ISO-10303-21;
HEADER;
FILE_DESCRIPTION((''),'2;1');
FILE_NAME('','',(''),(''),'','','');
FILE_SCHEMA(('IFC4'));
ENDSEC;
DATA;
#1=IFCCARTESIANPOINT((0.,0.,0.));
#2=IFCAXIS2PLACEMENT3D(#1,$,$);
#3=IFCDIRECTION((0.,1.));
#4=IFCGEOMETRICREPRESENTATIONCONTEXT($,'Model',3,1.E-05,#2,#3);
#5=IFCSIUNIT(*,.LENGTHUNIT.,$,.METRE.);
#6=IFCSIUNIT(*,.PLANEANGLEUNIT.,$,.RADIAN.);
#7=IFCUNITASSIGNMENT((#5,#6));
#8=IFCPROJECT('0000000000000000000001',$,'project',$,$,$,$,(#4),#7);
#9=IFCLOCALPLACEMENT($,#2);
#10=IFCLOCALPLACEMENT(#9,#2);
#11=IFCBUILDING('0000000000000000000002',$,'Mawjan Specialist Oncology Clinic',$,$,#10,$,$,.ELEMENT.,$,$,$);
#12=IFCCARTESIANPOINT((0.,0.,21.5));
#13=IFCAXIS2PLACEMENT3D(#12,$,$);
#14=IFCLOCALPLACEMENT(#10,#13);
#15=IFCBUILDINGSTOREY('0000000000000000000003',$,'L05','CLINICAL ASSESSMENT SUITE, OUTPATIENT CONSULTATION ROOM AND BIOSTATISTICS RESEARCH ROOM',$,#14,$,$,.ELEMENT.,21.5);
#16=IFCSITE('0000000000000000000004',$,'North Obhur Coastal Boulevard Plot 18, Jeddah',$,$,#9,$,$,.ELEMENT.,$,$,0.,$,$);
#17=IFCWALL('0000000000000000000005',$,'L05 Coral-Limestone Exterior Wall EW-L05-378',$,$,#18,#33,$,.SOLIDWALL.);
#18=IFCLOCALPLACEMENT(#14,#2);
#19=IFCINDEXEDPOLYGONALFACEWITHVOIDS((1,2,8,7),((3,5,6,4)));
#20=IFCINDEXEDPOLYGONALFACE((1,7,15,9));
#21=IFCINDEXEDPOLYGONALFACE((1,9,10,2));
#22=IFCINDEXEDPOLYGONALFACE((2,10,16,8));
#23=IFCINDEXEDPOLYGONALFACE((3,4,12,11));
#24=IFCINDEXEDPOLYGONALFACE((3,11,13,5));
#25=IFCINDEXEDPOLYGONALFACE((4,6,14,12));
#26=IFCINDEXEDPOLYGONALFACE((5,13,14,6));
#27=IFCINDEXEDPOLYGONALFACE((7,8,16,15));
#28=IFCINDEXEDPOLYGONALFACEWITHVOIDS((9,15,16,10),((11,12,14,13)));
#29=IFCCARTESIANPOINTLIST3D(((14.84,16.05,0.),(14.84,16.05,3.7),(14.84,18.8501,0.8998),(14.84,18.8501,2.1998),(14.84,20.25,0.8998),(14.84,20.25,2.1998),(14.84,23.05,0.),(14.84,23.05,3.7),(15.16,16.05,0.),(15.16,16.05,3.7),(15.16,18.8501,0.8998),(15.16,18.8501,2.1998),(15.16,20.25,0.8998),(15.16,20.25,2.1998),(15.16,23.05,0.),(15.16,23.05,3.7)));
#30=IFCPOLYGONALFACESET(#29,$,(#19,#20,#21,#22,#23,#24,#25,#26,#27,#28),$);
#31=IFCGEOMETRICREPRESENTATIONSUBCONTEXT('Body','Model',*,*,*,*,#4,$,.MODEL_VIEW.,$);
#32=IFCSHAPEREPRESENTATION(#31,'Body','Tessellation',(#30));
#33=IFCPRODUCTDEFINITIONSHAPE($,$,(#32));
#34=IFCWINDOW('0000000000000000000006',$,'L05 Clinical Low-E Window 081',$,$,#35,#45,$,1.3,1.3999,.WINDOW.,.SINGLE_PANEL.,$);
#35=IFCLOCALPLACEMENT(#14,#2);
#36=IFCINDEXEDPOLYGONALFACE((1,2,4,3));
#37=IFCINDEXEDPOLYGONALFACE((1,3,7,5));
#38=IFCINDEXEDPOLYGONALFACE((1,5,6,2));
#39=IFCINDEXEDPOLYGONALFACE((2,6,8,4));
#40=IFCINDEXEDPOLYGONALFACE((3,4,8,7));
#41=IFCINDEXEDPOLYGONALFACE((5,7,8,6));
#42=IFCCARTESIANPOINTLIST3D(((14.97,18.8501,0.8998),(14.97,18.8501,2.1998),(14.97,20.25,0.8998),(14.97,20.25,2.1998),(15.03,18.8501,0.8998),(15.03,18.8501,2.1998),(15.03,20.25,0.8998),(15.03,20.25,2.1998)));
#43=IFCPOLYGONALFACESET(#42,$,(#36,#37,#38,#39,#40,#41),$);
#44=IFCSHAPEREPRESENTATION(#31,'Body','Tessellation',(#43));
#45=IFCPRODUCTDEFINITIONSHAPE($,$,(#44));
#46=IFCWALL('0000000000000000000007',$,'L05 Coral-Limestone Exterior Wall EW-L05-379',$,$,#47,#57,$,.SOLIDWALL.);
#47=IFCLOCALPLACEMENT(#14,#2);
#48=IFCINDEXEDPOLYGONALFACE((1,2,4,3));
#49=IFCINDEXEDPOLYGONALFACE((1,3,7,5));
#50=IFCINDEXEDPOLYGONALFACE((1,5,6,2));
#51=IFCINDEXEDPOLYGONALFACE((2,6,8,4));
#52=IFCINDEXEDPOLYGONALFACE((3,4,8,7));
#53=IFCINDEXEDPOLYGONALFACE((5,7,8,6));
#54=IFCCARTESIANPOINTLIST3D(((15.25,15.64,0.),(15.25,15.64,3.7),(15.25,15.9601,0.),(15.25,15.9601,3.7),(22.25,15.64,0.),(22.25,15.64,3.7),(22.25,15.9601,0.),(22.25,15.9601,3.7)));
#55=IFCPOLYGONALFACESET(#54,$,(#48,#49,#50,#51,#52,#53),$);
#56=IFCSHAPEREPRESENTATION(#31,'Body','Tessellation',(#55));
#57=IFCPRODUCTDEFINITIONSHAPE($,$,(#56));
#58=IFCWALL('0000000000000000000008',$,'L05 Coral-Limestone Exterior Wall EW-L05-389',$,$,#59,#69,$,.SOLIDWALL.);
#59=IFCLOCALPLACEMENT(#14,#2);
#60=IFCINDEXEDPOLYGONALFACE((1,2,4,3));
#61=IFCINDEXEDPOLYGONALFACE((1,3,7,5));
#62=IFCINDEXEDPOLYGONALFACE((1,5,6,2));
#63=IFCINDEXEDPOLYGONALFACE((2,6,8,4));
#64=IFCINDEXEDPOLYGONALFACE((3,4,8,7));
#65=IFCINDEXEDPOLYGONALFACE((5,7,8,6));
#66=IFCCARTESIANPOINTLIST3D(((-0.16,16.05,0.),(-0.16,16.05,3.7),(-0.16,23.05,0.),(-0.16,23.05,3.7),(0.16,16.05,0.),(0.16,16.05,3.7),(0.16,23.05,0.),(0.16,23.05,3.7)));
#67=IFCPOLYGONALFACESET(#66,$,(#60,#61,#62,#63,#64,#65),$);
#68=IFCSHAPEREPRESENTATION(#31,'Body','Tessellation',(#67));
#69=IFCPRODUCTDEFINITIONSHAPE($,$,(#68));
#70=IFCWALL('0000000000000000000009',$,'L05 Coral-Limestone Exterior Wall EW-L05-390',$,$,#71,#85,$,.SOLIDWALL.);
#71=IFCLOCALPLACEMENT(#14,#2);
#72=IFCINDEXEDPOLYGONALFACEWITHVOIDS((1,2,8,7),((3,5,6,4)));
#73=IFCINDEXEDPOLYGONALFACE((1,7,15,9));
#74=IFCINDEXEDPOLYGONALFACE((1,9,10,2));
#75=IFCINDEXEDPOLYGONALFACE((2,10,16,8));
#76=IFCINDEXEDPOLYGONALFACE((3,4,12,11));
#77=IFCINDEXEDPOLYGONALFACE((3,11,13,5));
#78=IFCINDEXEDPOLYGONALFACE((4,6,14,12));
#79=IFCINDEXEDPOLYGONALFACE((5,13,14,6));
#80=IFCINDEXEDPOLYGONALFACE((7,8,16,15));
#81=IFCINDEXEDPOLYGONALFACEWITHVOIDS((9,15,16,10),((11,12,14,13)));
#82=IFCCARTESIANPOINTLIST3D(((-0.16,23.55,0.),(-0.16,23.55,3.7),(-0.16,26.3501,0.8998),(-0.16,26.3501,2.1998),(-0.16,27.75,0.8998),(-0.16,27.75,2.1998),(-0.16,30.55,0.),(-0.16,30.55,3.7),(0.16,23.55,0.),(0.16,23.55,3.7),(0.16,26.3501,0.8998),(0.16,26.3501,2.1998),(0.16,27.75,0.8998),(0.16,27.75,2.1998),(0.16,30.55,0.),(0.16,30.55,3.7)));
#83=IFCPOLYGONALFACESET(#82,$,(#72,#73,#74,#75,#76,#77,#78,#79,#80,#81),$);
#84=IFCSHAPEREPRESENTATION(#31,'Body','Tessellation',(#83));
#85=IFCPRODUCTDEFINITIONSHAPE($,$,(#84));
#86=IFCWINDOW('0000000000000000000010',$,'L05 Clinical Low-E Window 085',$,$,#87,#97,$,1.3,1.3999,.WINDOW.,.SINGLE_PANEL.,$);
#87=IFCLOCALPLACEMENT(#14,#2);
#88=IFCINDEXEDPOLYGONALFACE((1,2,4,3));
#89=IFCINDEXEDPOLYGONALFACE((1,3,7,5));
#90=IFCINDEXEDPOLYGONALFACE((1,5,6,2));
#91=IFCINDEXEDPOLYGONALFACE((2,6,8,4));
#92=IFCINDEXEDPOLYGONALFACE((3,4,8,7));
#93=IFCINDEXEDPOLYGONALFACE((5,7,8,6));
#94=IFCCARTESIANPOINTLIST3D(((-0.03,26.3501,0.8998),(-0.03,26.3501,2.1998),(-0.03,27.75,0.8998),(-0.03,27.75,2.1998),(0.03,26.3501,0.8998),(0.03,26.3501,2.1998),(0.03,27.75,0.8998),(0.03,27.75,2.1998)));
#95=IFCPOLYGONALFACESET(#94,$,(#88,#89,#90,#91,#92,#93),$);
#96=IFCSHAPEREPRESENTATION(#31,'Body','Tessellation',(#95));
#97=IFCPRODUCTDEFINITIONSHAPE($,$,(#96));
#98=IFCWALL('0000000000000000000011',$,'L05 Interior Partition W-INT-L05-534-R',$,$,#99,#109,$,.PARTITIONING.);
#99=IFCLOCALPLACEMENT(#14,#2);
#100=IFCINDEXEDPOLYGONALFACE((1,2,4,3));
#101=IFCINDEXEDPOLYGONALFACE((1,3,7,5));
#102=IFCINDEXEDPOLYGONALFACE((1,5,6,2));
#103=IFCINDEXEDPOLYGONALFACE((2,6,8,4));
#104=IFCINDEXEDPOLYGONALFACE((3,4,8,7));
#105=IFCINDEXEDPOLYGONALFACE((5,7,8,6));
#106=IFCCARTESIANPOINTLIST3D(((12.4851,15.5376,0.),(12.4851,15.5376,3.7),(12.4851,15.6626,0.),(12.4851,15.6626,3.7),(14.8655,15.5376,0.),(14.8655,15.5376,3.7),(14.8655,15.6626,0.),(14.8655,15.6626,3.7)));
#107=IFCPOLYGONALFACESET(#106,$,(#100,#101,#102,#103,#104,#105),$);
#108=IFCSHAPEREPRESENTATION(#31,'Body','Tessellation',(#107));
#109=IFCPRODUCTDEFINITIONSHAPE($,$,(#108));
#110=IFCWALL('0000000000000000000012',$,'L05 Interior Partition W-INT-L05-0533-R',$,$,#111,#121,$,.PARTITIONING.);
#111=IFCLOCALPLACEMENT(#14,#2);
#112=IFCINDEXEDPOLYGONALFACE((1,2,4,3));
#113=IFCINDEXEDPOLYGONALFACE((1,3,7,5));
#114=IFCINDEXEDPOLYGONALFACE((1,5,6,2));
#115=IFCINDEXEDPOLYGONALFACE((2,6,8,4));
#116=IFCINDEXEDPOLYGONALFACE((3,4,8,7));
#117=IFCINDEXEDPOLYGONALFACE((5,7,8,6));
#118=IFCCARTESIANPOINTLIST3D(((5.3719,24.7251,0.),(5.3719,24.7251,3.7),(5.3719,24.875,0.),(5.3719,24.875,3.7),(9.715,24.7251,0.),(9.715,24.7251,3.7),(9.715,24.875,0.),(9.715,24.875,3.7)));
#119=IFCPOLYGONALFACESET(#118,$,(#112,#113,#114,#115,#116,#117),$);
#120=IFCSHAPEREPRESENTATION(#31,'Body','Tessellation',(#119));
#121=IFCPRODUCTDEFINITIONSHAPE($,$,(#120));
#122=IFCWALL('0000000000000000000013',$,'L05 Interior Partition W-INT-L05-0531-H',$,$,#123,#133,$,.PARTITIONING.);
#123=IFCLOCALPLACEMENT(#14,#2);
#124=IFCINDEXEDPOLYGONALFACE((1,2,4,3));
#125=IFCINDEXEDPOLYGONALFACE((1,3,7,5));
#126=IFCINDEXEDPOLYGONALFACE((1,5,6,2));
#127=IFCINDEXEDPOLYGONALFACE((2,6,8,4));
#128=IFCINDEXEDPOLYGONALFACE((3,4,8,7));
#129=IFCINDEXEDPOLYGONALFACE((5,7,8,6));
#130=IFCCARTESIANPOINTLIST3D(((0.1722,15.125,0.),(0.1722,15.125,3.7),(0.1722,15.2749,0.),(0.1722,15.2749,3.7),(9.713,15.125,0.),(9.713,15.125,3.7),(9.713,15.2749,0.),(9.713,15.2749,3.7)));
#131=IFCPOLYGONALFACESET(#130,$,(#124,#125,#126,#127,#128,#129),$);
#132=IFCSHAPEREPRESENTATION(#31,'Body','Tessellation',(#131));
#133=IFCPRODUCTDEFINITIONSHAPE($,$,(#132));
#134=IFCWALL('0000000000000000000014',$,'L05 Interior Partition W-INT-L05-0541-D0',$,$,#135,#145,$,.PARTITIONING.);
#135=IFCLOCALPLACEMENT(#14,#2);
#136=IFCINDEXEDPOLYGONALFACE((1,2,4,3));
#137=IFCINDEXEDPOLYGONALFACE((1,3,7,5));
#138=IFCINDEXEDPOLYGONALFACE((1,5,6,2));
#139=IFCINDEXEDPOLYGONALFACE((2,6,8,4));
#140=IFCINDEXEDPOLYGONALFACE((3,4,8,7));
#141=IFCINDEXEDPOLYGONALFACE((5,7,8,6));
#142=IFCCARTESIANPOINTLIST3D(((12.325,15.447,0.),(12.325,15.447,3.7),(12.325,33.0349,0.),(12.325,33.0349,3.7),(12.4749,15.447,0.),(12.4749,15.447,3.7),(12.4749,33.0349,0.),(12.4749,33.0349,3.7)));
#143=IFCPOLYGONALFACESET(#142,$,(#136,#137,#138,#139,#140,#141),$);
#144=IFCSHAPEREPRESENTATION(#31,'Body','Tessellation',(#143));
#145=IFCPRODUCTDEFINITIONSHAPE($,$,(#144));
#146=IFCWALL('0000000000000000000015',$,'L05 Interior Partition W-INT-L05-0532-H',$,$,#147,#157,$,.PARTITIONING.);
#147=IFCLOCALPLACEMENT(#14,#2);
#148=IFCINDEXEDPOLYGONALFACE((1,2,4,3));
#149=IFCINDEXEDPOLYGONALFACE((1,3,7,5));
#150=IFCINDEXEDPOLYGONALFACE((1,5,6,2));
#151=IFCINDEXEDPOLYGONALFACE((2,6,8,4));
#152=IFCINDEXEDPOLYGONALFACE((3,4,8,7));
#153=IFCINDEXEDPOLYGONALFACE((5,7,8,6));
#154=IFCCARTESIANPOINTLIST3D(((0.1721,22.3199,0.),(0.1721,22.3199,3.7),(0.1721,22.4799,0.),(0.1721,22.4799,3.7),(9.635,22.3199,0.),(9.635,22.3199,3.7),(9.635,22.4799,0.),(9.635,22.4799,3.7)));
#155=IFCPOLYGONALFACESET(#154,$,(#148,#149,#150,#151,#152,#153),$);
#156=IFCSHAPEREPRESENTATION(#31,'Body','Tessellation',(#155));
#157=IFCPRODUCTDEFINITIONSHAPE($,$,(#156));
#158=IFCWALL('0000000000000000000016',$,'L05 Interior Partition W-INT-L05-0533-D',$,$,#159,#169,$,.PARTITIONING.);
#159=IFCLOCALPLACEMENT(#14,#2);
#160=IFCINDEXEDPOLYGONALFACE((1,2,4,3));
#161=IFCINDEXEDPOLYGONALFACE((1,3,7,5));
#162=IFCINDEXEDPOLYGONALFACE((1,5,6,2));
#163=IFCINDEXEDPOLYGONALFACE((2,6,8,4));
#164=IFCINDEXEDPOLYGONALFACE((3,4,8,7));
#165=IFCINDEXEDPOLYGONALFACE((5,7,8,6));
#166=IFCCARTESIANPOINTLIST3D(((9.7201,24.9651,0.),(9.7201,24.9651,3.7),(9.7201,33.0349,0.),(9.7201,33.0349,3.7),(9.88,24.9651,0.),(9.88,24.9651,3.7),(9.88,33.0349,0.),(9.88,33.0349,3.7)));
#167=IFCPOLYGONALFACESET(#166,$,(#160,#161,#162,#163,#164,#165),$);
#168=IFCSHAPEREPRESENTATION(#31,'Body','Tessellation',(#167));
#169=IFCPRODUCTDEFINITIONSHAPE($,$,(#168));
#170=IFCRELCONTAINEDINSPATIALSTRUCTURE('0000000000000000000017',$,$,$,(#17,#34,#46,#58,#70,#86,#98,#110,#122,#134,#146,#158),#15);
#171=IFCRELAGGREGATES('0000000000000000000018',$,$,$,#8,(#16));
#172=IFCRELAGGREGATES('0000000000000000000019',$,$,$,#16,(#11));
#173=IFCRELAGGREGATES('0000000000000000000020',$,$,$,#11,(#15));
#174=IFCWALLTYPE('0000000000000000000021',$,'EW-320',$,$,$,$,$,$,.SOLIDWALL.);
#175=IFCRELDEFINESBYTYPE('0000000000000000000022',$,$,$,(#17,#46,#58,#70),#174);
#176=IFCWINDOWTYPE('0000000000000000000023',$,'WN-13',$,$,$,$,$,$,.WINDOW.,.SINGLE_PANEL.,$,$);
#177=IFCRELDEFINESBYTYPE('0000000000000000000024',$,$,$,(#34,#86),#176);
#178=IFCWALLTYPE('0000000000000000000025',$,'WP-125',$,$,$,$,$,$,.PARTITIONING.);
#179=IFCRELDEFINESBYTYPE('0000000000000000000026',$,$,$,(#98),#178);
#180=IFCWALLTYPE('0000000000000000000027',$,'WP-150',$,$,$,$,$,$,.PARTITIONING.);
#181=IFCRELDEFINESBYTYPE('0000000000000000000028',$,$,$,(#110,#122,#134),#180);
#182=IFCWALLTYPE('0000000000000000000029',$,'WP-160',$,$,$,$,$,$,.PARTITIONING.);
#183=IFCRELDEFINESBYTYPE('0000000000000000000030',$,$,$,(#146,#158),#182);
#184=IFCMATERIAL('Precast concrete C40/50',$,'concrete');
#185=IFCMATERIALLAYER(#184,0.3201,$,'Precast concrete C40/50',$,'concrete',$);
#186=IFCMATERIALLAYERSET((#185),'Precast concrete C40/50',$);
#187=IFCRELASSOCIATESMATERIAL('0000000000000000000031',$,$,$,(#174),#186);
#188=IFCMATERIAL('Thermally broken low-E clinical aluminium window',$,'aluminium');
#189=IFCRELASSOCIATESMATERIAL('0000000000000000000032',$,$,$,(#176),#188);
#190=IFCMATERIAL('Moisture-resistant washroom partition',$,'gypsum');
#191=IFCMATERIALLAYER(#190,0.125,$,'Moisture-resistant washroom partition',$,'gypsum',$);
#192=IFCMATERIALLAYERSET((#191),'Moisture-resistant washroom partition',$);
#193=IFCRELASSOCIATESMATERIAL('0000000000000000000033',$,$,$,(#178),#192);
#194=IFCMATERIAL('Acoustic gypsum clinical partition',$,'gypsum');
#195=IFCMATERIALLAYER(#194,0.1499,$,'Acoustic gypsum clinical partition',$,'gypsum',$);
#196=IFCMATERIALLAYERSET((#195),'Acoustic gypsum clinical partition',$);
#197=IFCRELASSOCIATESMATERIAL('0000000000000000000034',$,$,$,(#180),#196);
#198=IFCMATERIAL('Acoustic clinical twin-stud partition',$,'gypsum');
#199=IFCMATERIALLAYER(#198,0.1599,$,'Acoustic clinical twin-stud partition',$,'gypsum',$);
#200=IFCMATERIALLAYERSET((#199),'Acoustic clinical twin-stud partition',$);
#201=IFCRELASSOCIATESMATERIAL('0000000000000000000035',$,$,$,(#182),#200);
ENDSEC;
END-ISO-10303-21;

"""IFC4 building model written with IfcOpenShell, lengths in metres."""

from ifc_helpers import new_model, si_unit, direction, frame, frame_2d, origin, place, context, subcontext, project, spatial, rectangle, extrude, material, layer, layer_set, type_object, element, fill, save


model = new_model("IFC4")

# Units and contexts
model_context = context("Model", 3, precision=1e-05, world=origin(), true_north=direction((0.0, 1.0)))
body_context = subcontext(model_context, "Body", "Model", "MODEL_VIEW")
ifc_project = project(units=[si_unit("LENGTHUNIT", "METRE"), si_unit("PLANEANGLEUNIT", "RADIAN")], contexts=[model_context])

# Site, building, storey
site_placement = place(None, origin())
site = spatial("IfcSite", under=ifc_project, at=site_placement, Name="North Obhur Coastal Boulevard Plot 18, Jeddah", CompositionType="ELEMENT", RefElevation=0.0)
building_placement = place(site_placement, origin())
building = spatial("IfcBuilding", under=site, at=building_placement, Name="Mawjan Specialist Oncology Clinic", CompositionType="ELEMENT")
storey_placement = place(building_placement, frame((0.0, 0.0, 21.5)))
storey = spatial("IfcBuildingStorey", under=building, at=storey_placement, Name="L05", Description="CLINICAL ASSESSMENT SUITE, OUTPATIENT CONSULTATION ROOM AND BIOSTATISTICS RESEARCH ROOM", CompositionType="ELEMENT", Elevation=21.5)

# Wall, opening, window
ifc_material_1 = material(Name="Precast concrete C40/50", Category="concrete")
ifc_layer_1 = layer(ifc_material_1, 0.3201, Name="Precast concrete C40/50", Category="concrete")
ifc_layer_set_1 = layer_set([ifc_layer_1], Name="Precast concrete C40/50")
wall_type_1 = type_object("IfcWallType", Name="EW-320", PredefinedType="SOLIDWALL", material=ifc_layer_set_1)
wall_1_placement = place(storey_placement, frame((15.0, 23.05, 0.0), z_axis=(0.0, 0.0, 1.0), x_axis=(0.0, -1.0, 0.0)))
wall_1 = element("IfcWall", 1, at=wall_1_placement, inside=storey, type_object=wall_type_1, Name="L05 Coral-Limestone Exterior Wall EW-L05-378", PredefinedType="SOLIDWALL", context=body_context, shape_type="SweptSolid", body=[
    extrude(rectangle(XDim=7.0, YDim=0.3201, at=frame_2d((3.5, 0.0))), origin(), (0.0, 0.0, 1.0), 3.7),
])
opening_1_placement = place(wall_1_placement, frame((2.8, 0.0, 0.8999)))
opening_1 = element("IfcOpeningElement", 2, at=opening_1_placement, cuts=wall_1, PredefinedType="OPENING", context=body_context, shape_type="SweptSolid", body=[
    extrude(rectangle(XDim=1.3999, YDim=1.3, at=frame_2d((0.7, 0.6499))), frame((0.0, 0.1721, 0.0), z_axis=(0.0, -1.0, 0.0), x_axis=(1.0, 0.0, 0.0)), (0.0, 0.0, 1.0), 0.344),
])
ifc_material_2 = material(Name="Thermally broken low-E clinical aluminium window", Category="aluminium")
window_type = type_object("IfcWindowType", Name="WN-13", PartitioningType="SINGLE_PANEL", PredefinedType="WINDOW", material=ifc_material_2)
window_1_placement = place(opening_1_placement, origin())
window_1 = element("IfcWindow", 3, at=window_1_placement, inside=storey, type_object=window_type, Name="L05 Clinical Low-E Window 081", OverallHeight=1.3, OverallWidth=1.3999, PartitioningType="SINGLE_PANEL", PredefinedType="WINDOW", context=body_context, shape_type="SweptSolid", body=[
    extrude(rectangle(XDim=1.3999, YDim=1.3, at=frame_2d((0.7, 0.6499))), frame((0.0, 0.03, 0.0), z_axis=(0.0, -1.0, 0.0), x_axis=(1.0, 0.0, 0.0)), (0.0, 0.0, 1.0), 0.0601),
])
fill(opening_1, window_1)

# Walls
for number, where, z_axis, x_axis, name in (
    (4, (15.25, 15.8, 0.0), (0.0, 0.0, 1.0), (1.0, 0.0, 0.0), "L05 Coral-Limestone Exterior Wall EW-L05-379"),
    (5, (0.0, 16.05, 0.0), (0.0, 0.0, 1.0), (0.0, 1.0, 0.0), "L05 Coral-Limestone Exterior Wall EW-L05-389"),
):
    element("IfcWall", number, at=place(storey_placement, frame(where, z_axis=z_axis, x_axis=x_axis)), inside=storey, type_object=wall_type_1, Name=name, PredefinedType="SOLIDWALL", context=body_context, shape_type="SweptSolid", body=[
        extrude(rectangle(XDim=7.0, YDim=0.3201, at=frame_2d((3.5, 0.0))), origin(), (0.0, 0.0, 1.0), 3.7),
    ])

# Wall, opening, window
wall_2_placement = place(storey_placement, frame((0.0, 23.55, 0.0), z_axis=(0.0, 0.0, 1.0), x_axis=(0.0, 1.0, 0.0)))
wall_2 = element("IfcWall", 6, at=wall_2_placement, inside=storey, type_object=wall_type_1, Name="L05 Coral-Limestone Exterior Wall EW-L05-390", PredefinedType="SOLIDWALL", context=body_context, shape_type="SweptSolid", body=[
    extrude(rectangle(XDim=7.0, YDim=0.3201, at=frame_2d((3.5, 0.0))), origin(), (0.0, 0.0, 1.0), 3.7),
])
opening_2_placement = place(wall_2_placement, frame((2.8, 0.0, 0.8999)))
opening_2 = element("IfcOpeningElement", 7, at=opening_2_placement, cuts=wall_2, PredefinedType="OPENING", context=body_context, shape_type="SweptSolid", body=[
    extrude(rectangle(XDim=1.3999, YDim=1.3, at=frame_2d((0.7, 0.6499))), frame((0.0, 0.1721, 0.0), z_axis=(0.0, -1.0, 0.0), x_axis=(1.0, 0.0, 0.0)), (0.0, 0.0, 1.0), 0.344),
])
window_2_placement = place(opening_2_placement, origin())
window_2 = element("IfcWindow", 8, at=window_2_placement, inside=storey, type_object=window_type, Name="L05 Clinical Low-E Window 085", OverallHeight=1.3, OverallWidth=1.3999, PartitioningType="SINGLE_PANEL", PredefinedType="WINDOW", context=body_context, shape_type="SweptSolid", body=[
    extrude(rectangle(XDim=1.3999, YDim=1.3, at=frame_2d((0.7, 0.6499))), frame((0.0, 0.03, 0.0), z_axis=(0.0, -1.0, 0.0), x_axis=(1.0, 0.0, 0.0)), (0.0, 0.0, 1.0), 0.0601),
])
fill(opening_2, window_2)

# Walls
ifc_material_3 = material(Name="Moisture-resistant washroom partition", Category="gypsum")
ifc_layer_2 = layer(ifc_material_3, 0.125, Name="Moisture-resistant washroom partition", Category="gypsum")
ifc_layer_set_2 = layer_set([ifc_layer_2], Name="Moisture-resistant washroom partition")
wall_type_2 = type_object("IfcWallType", Name="WP-125", PredefinedType="PARTITIONING", material=ifc_layer_set_2)
wall_3_placement = place(storey_placement, frame((12.4851, 15.6001, 0.0), z_axis=(0.0, 0.0, 1.0), x_axis=(1.0, 0.0, 0.0)))
element("IfcWall", 9, at=wall_3_placement, inside=storey, type_object=wall_type_2, Name="L05 Interior Partition W-INT-L05-534-R", PredefinedType="PARTITIONING", context=body_context, shape_type="SweptSolid", body=[
    extrude(rectangle(XDim=2.3804, YDim=0.125, at=frame_2d((1.1902, 0.0))), origin(), (0.0, 0.0, 1.0), 3.7),
])
ifc_material_4 = material(Name="Acoustic gypsum clinical partition", Category="gypsum")
ifc_layer_3 = layer(ifc_material_4, 0.1499, Name="Acoustic gypsum clinical partition", Category="gypsum")
ifc_layer_set_3 = layer_set([ifc_layer_3], Name="Acoustic gypsum clinical partition")
wall_type_3 = type_object("IfcWallType", Name="WP-150", PredefinedType="PARTITIONING", material=ifc_layer_set_3)
wall_4_placement = place(storey_placement, frame((5.3721, 24.8, 0.0), z_axis=(0.0, 0.0, 1.0), x_axis=(1.0, 0.0, 0.0)))
element("IfcWall", 10, at=wall_4_placement, inside=storey, type_object=wall_type_3, Name="L05 Interior Partition W-INT-L05-0533-R", PredefinedType="PARTITIONING", context=body_context, shape_type="SweptSolid", body=[
    extrude(rectangle(XDim=4.343, YDim=0.1499, at=frame_2d((2.1714, 0.0))), origin(), (0.0, 0.0, 1.0), 3.7),
])
wall_5_placement = place(storey_placement, frame((0.1721, 15.2, 0.0), z_axis=(0.0, 0.0, 1.0), x_axis=(1.0, 0.0, 0.0)))
element("IfcWall", 11, at=wall_5_placement, inside=storey, type_object=wall_type_3, Name="L05 Interior Partition W-INT-L05-0531-H", PredefinedType="PARTITIONING", context=body_context, shape_type="SweptSolid", body=[
    extrude(rectangle(XDim=9.5408, YDim=0.1499, at=frame_2d((4.7705, 0.0))), origin(), (0.0, 0.0, 1.0), 3.7),
])
wall_6_placement = place(storey_placement, frame((12.3999, 15.447, 0.0), z_axis=(0.0, 0.0, 1.0), x_axis=(0.0, 1.0, 0.0)))
element("IfcWall", 12, at=wall_6_placement, inside=storey, type_object=wall_type_3, Name="L05 Interior Partition W-INT-L05-0541-D0", PredefinedType="PARTITIONING", context=body_context, shape_type="SweptSolid", body=[
    extrude(rectangle(XDim=17.5879, YDim=0.1499, at=frame_2d((8.7939, 0.0))), origin(), (0.0, 0.0, 1.0), 3.7),
])
ifc_material_5 = material(Name="Acoustic clinical twin-stud partition", Category="gypsum")
ifc_layer_4 = layer(ifc_material_5, 0.1599, Name="Acoustic clinical twin-stud partition", Category="gypsum")
ifc_layer_set_4 = layer_set([ifc_layer_4], Name="Acoustic clinical twin-stud partition")
wall_type_4 = type_object("IfcWallType", Name="WP-160", PredefinedType="PARTITIONING", material=ifc_layer_set_4)
wall_7_placement = place(storey_placement, frame((0.1721, 22.3999, 0.0), z_axis=(0.0, 0.0, 1.0), x_axis=(1.0, 0.0, 0.0)))
element("IfcWall", 13, at=wall_7_placement, inside=storey, type_object=wall_type_4, Name="L05 Interior Partition W-INT-L05-0532-H", PredefinedType="PARTITIONING", context=body_context, shape_type="SweptSolid", body=[
    extrude(rectangle(XDim=9.4629, YDim=0.1599, at=frame_2d((4.7314, 0.0))), origin(), (0.0, 0.0, 1.0), 3.7),
])
wall_8_placement = place(storey_placement, frame((9.8, 24.9651, 0.0), z_axis=(0.0, 0.0, 1.0), x_axis=(0.0, 1.0, 0.0)))
element("IfcWall", 14, at=wall_8_placement, inside=storey, type_object=wall_type_4, Name="L05 Interior Partition W-INT-L05-0533-D", PredefinedType="PARTITIONING", context=body_context, shape_type="SweptSolid", body=[
    extrude(rectangle(XDim=8.0698, YDim=0.1599, at=frame_2d((4.0349, 0.0))), origin(), (0.0, 0.0, 1.0), 3.7),
])

save(model, "model.ifc")
